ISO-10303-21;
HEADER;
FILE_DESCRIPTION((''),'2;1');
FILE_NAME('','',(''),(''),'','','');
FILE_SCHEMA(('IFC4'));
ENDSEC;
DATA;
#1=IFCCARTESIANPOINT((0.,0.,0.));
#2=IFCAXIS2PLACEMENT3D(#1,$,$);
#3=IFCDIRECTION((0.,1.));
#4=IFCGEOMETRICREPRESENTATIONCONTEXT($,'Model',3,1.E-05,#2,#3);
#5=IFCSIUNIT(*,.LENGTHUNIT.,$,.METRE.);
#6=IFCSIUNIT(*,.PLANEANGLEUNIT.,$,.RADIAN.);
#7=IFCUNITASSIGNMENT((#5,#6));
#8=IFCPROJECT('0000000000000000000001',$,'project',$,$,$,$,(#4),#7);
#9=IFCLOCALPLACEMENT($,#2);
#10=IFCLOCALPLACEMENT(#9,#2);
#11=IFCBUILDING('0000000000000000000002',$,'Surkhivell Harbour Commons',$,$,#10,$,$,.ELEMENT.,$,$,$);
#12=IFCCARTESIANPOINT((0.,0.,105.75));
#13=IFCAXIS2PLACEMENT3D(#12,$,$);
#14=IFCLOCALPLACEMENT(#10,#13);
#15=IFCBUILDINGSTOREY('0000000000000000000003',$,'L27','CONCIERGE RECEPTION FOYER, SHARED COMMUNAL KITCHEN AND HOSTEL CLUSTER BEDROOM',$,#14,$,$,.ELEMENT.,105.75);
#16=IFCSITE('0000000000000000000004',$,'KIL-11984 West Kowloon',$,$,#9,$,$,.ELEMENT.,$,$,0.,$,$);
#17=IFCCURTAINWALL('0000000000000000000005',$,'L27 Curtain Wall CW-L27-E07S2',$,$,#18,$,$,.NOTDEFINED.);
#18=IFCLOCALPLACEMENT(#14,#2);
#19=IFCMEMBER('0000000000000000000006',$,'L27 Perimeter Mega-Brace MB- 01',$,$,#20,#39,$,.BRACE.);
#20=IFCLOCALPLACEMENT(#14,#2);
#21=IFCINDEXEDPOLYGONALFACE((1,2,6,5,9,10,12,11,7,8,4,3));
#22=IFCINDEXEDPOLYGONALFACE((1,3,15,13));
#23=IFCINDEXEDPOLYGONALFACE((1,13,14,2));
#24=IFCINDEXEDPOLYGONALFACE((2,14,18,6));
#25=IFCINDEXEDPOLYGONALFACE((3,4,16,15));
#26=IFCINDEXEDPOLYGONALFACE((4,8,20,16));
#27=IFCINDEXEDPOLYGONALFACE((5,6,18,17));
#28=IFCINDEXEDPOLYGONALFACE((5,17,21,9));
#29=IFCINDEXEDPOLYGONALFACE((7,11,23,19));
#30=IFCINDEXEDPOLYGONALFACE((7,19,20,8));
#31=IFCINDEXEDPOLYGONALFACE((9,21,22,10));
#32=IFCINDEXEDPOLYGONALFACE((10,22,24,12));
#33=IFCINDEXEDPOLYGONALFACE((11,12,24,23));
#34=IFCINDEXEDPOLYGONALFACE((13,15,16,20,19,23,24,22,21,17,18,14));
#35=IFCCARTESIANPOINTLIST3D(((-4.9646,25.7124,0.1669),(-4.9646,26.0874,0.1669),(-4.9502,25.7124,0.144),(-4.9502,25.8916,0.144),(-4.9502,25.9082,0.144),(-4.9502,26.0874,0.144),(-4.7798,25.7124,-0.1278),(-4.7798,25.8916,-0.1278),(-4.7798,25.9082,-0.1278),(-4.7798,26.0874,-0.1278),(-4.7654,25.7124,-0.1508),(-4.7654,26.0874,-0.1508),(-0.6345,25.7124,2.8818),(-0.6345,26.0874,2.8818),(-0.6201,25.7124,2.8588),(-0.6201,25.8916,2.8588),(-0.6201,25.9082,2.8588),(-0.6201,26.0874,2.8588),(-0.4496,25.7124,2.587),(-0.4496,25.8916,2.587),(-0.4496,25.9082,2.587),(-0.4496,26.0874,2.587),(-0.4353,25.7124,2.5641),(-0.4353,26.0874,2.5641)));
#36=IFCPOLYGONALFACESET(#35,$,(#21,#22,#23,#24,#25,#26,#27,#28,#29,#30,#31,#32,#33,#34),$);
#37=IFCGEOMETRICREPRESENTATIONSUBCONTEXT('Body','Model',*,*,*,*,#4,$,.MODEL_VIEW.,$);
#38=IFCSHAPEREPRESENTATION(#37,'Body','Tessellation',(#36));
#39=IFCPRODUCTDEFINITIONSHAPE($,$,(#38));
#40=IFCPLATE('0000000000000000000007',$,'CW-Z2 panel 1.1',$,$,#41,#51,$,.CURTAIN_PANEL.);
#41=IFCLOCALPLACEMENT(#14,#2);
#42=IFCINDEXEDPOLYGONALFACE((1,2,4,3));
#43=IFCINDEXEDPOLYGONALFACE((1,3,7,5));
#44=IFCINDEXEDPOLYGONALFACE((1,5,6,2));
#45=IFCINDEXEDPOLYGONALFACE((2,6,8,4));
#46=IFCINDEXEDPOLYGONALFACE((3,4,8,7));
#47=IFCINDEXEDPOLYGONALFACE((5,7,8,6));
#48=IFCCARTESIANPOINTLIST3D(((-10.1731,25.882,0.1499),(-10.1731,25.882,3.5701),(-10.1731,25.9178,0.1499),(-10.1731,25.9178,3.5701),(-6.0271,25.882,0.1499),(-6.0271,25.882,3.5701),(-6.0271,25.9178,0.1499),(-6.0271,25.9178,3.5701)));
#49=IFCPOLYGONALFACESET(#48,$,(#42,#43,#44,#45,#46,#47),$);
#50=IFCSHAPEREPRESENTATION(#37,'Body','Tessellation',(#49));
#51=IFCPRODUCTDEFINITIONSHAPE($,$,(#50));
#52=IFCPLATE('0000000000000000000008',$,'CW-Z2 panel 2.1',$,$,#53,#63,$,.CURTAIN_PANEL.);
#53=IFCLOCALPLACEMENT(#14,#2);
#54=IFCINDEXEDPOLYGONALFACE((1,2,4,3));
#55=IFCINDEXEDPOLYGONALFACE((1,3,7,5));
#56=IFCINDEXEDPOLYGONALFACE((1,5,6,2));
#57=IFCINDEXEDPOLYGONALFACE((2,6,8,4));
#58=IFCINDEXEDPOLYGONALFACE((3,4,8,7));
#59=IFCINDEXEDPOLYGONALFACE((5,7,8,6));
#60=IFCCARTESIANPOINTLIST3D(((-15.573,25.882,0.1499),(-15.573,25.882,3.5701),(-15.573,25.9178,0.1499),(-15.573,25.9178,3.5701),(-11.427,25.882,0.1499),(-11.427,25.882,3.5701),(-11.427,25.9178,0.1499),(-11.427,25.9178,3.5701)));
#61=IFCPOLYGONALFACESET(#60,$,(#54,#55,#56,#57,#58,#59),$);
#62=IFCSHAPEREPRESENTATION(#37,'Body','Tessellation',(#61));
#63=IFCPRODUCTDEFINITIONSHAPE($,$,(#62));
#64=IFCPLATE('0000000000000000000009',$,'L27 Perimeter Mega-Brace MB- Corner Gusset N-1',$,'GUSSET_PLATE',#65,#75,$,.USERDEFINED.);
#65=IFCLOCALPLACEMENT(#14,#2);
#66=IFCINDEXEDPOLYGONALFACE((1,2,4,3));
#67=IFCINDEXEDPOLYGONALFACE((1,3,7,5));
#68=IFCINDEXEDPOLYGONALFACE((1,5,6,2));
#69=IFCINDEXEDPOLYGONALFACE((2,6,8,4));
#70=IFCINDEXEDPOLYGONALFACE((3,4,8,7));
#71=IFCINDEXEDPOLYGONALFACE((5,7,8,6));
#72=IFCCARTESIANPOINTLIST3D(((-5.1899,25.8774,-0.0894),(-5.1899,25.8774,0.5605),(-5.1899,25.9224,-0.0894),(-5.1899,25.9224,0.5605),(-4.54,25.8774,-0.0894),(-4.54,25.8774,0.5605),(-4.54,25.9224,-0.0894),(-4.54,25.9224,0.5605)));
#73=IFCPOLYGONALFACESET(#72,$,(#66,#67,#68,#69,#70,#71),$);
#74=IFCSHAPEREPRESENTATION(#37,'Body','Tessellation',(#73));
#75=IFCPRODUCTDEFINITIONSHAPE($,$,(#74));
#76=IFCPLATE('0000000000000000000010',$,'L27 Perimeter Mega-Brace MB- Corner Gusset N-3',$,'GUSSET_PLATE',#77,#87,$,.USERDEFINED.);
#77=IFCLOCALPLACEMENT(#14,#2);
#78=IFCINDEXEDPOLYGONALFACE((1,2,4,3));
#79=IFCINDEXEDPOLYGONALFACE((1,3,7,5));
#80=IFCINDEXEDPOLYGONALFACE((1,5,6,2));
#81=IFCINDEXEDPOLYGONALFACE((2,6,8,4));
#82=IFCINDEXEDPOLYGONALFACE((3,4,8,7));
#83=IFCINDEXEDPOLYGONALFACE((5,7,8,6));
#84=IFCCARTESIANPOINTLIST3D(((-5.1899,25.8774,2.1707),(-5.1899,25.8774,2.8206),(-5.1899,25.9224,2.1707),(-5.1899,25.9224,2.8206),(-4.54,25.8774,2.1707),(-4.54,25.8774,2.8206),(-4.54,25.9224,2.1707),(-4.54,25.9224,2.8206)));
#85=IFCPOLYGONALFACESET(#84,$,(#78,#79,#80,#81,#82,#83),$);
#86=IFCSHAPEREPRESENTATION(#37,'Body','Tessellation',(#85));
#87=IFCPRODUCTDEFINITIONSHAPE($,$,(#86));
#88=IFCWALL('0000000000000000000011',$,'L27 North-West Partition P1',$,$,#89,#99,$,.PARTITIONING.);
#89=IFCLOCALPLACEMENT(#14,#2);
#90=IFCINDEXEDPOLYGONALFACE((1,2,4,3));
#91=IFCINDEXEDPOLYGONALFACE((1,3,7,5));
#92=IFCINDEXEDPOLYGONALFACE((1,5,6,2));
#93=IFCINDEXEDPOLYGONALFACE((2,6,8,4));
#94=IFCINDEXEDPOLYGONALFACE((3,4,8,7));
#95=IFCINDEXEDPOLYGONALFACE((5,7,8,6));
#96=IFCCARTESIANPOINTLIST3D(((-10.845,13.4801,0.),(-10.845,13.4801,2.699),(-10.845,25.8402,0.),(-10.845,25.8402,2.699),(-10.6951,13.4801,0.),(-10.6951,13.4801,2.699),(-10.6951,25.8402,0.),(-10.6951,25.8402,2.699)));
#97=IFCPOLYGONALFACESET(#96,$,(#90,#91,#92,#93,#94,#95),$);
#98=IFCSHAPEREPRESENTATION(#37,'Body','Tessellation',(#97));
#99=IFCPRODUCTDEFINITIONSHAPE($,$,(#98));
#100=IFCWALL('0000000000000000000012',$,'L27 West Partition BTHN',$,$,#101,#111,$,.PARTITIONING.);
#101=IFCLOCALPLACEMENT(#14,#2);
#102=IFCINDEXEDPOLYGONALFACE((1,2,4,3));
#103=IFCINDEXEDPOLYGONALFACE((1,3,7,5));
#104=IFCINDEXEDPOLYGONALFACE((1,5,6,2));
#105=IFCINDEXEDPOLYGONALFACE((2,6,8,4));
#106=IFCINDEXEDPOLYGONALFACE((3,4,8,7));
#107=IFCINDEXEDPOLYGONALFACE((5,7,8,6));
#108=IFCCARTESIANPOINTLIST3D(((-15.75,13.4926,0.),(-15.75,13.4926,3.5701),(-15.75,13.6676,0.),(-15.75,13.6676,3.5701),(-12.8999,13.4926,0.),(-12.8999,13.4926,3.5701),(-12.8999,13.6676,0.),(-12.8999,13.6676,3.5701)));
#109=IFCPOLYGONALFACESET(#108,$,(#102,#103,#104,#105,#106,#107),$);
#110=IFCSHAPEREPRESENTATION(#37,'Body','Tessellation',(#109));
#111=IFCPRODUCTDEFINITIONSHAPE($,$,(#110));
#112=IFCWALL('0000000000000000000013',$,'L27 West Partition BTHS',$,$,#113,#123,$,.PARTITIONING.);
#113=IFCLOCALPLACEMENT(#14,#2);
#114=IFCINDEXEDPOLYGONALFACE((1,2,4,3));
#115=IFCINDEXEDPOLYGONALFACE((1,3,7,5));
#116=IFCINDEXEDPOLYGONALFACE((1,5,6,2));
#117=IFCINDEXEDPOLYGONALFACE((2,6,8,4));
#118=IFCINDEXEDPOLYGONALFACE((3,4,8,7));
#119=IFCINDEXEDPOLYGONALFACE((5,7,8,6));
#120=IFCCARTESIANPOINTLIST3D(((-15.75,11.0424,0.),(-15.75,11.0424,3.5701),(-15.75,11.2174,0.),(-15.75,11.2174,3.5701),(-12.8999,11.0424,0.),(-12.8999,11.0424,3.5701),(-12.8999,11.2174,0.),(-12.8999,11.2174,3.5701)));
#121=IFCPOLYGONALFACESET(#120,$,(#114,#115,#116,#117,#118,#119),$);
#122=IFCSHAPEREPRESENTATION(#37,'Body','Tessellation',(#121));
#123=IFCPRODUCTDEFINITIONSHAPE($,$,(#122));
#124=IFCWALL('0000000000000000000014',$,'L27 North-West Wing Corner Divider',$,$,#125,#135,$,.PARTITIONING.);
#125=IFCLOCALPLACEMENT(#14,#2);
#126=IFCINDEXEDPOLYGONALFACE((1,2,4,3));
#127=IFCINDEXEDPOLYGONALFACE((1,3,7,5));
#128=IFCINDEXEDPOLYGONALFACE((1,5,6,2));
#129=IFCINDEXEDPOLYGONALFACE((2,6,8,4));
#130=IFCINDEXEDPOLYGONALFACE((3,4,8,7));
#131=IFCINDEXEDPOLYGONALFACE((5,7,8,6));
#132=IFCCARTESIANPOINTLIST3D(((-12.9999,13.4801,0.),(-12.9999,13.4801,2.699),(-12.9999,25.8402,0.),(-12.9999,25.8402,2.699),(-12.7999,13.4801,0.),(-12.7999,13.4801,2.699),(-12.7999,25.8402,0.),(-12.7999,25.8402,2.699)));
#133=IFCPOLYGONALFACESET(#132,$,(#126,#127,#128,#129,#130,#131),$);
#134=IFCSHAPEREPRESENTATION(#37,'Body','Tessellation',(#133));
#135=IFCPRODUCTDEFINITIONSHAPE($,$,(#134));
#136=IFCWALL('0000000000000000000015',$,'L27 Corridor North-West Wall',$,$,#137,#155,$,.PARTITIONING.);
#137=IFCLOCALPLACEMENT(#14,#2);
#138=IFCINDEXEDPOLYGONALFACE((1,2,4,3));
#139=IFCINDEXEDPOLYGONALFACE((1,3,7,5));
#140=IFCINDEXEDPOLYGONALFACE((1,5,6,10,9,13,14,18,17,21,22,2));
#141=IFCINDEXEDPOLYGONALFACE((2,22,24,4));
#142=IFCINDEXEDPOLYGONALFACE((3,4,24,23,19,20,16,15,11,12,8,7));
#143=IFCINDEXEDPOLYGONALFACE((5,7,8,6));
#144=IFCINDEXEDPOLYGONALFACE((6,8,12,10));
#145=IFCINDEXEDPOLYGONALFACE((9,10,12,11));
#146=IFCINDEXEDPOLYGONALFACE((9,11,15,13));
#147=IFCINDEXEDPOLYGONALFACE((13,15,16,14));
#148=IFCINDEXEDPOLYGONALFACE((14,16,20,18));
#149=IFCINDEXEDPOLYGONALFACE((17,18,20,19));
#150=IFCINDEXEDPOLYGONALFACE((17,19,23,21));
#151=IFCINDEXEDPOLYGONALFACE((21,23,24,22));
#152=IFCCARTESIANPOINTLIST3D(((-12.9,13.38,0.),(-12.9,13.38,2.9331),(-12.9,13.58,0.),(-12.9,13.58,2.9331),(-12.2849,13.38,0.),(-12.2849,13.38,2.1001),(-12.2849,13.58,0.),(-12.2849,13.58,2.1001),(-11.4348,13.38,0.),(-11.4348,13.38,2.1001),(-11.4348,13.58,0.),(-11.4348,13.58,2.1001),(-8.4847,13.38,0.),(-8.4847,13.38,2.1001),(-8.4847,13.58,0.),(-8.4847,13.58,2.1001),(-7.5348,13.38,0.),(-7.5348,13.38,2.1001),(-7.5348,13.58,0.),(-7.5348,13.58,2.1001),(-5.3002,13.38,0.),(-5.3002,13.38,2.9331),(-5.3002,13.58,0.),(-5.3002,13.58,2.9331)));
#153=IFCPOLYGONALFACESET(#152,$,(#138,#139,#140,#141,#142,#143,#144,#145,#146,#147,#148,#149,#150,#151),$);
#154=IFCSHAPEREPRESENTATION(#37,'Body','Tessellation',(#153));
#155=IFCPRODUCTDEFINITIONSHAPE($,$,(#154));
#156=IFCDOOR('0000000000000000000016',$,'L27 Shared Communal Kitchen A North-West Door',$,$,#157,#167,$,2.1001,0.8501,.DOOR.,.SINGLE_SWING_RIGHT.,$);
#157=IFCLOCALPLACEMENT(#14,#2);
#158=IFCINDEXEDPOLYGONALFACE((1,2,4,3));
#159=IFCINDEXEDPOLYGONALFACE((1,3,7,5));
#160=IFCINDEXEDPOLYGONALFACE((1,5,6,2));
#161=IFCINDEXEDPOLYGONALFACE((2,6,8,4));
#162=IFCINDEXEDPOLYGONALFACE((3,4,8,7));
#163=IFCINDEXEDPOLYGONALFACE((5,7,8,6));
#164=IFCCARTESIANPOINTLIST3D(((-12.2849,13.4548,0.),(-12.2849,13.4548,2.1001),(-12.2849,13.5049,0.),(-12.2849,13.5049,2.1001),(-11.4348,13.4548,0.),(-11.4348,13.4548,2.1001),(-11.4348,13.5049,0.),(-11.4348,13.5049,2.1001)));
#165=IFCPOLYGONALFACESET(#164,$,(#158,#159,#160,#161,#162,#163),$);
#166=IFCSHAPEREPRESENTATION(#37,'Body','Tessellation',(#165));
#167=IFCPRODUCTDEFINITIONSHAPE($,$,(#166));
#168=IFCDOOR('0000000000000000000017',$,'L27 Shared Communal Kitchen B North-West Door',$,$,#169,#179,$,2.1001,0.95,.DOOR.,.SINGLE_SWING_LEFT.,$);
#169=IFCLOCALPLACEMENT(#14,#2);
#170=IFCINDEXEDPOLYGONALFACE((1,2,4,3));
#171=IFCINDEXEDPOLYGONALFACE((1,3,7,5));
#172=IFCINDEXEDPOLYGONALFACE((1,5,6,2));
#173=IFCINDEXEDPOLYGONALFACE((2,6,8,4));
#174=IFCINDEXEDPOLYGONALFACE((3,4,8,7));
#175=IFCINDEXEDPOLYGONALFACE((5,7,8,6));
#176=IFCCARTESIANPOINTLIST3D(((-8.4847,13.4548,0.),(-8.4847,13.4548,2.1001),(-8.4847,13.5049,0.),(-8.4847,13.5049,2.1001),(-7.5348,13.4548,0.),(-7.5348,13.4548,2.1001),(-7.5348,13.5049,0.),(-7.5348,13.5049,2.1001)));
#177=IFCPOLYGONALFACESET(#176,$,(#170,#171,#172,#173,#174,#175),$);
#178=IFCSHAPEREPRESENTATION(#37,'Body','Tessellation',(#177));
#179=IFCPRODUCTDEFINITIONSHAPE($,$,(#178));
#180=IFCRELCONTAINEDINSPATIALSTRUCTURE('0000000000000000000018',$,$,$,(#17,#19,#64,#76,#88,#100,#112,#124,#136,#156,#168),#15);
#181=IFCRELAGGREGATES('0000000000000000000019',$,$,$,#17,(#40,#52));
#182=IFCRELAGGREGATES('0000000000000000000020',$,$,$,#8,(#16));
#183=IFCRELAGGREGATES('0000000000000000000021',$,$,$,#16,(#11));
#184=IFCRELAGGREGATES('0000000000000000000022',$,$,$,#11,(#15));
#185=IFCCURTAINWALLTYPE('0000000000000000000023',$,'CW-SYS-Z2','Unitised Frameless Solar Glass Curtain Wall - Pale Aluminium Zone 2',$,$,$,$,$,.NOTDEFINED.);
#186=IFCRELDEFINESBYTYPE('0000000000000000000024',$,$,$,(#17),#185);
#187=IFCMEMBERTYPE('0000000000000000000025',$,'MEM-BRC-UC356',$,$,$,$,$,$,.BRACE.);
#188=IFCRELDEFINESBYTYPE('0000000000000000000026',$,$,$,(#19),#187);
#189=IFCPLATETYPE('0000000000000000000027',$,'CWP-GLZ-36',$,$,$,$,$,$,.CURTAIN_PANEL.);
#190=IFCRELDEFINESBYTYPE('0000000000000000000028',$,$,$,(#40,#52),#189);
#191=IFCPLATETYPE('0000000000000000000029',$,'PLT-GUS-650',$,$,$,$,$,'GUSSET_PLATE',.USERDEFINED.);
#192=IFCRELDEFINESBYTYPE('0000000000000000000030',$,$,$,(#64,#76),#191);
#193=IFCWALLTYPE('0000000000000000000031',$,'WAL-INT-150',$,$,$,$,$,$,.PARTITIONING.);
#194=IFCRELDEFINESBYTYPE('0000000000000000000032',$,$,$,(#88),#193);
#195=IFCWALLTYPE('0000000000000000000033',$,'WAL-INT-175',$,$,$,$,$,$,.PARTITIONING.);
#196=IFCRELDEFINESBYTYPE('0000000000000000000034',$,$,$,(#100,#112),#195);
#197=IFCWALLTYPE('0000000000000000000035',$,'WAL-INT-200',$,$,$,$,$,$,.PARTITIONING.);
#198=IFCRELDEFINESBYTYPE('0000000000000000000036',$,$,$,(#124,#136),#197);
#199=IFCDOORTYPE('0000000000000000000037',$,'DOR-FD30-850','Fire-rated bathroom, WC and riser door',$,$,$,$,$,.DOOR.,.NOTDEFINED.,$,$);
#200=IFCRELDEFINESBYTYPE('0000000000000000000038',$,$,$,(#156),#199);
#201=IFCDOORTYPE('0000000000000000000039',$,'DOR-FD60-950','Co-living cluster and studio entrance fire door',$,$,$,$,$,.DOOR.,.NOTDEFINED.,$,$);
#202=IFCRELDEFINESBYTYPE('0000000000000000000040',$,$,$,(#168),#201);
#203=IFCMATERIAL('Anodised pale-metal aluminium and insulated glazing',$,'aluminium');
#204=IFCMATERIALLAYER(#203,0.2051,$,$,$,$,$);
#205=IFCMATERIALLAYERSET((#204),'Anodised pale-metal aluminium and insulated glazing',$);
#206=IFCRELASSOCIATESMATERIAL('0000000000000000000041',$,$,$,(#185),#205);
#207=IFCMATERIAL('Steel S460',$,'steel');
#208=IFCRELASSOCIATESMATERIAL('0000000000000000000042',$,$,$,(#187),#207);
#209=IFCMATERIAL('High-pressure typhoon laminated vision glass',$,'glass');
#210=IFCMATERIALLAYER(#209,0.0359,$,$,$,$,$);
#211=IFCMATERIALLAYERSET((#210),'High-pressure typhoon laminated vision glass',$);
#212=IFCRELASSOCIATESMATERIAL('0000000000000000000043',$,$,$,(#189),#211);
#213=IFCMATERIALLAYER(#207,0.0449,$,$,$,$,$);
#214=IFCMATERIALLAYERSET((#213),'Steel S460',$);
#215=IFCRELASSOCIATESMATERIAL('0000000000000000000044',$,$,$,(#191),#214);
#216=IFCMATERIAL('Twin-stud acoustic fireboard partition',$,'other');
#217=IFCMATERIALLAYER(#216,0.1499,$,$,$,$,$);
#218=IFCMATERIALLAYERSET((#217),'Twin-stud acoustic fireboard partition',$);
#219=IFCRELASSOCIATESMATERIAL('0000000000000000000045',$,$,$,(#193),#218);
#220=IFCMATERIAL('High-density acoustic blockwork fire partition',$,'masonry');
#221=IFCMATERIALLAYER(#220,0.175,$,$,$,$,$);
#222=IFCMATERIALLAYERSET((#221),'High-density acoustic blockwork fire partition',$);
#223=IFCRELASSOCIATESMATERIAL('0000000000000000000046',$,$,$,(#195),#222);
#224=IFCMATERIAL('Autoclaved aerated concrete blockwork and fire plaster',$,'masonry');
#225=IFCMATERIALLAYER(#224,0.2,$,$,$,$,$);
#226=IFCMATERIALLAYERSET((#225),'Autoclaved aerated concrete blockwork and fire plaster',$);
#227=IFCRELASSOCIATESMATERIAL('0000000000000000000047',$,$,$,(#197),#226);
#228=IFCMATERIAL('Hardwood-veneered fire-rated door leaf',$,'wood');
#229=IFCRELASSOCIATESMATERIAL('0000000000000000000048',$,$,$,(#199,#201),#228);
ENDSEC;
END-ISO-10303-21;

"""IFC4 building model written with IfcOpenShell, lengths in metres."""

from ifc_helpers import new_model, si_unit, direction, frame, frame_2d, origin, origin_2d, place, context, subcontext, project, spatial, rectangle, i_section, extrude, material, layer, layer_set, material_profile, profile_set, type_object, element, fill, aggregate, save


model = new_model("IFC4")

# Units and contexts
model_context = context("Model", 3, precision=1e-05, world=origin(), true_north=direction((0.0, 1.0)))
body_context = subcontext(model_context, "Body", "Model", "MODEL_VIEW")
ifc_project = project(units=[si_unit("LENGTHUNIT", "METRE"), si_unit("PLANEANGLEUNIT", "RADIAN")], contexts=[model_context])

# Site, building, storey
site_placement = place(None, origin())
site = spatial("IfcSite", under=ifc_project, at=site_placement, Name="KIL-11984 West Kowloon", CompositionType="ELEMENT", RefElevation=0.0)
building_placement = place(site_placement, origin())
building = spatial("IfcBuilding", under=site, at=building_placement, Name="Surkhivell Harbour Commons", CompositionType="ELEMENT")
storey_placement = place(building_placement, frame((0.0, 0.0, 105.75)))
storey = spatial("IfcBuildingStorey", under=building, at=storey_placement, Name="L27", Description="CONCIERGE RECEPTION FOYER, SHARED COMMUNAL KITCHEN AND HOSTEL CLUSTER BEDROOM", CompositionType="ELEMENT", Elevation=105.75)

# Shared definitions
ifc_material_1 = material(Name="Steel S460", Category="steel")

# Curtain wall
ifc_material_2 = material(Name="Anodised pale-metal aluminium and insulated glazing", Category="aluminium")
ifc_layer_1 = layer(ifc_material_2, 0.2051)
ifc_layer_set_1 = layer_set([ifc_layer_1], Name="Anodised pale-metal aluminium and insulated glazing")
curtain_wall_type = type_object("IfcCurtainWallType", Name="CW-SYS-Z2", Description="Unitised Frameless Solar Glass Curtain Wall - Pale Aluminium Zone 2", PredefinedType="NOTDEFINED", material=ifc_layer_set_1)
curtain_wall_placement = place(storey_placement, origin())
curtain_wall = element("IfcCurtainWall", 1, at=curtain_wall_placement, inside=storey, type_object=curtain_wall_type, Name="L27 Curtain Wall CW-L27-E07S2", PredefinedType="NOTDEFINED")

# Member
ifc_material_profile_1 = material_profile(ifc_material_1, i_section(OverallWidth=0.375, OverallDepth=0.375, WebThickness=0.0166, FlangeThickness=0.0271, at=origin_2d()), Name="UC356x368x202")
ifc_profile_set_1 = profile_set([ifc_material_profile_1], Name="Steel S460")
member_type_1 = type_object("IfcMemberType", Name="MEM-BRC-UC356", PredefinedType="BRACE", material=ifc_profile_set_1)
member_1_placement = place(storey_placement, frame((-4.865, 25.8999, 0.0081), z_axis=(0.847246, 0.0, 0.531201), x_axis=(0.0, 1.0, 0.0)))
element("IfcMember", 2, at=member_1_placement, inside=storey, type_object=member_type_1, Name="L27 Perimeter Mega-Brace MB- 01", PredefinedType="BRACE", context=body_context, shape_type="SweptSolid", body=[
    extrude(i_section(OverallWidth=0.375, OverallDepth=0.375, WebThickness=0.0166, FlangeThickness=0.0271, at=origin_2d()), origin(), (0.0, 0.0, 1.0), 5.1108),
])

# Plates
ifc_material_3 = material(Name="High-pressure typhoon laminated vision glass", Category="glass")
ifc_layer_2 = layer(ifc_material_3, 0.0359)
ifc_layer_set_2 = layer_set([ifc_layer_2], Name="High-pressure typhoon laminated vision glass")
plate_type_1 = type_object("IfcPlateType", Name="CWP-GLZ-36", PredefinedType="CURTAIN_PANEL", material=ifc_layer_set_2)
plate_1_placement = place(storey_placement, frame((-6.0271, 25.8999, 0.1499), z_axis=(0.0, 0.0, 1.0), x_axis=(-1.0, 0.0, 0.0)))
plate_1 = element("IfcPlate", 3, at=plate_1_placement, type_object=plate_type_1, Name="CW-Z2 panel 1.1", PredefinedType="CURTAIN_PANEL", context=body_context, shape_type="SweptSolid", body=[
    extrude(rectangle(XDim=4.146, YDim=0.0359, at=frame_2d((2.073, 0.0))), origin(), (0.0, 0.0, 1.0), 3.4202),
])
plate_2_placement = place(storey_placement, frame((-11.427, 25.8999, 0.1499), z_axis=(0.0, 0.0, 1.0), x_axis=(-1.0, 0.0, 0.0)))
plate_2 = element("IfcPlate", 4, at=plate_2_placement, type_object=plate_type_1, Name="CW-Z2 panel 2.1", PredefinedType="CURTAIN_PANEL", context=body_context, shape_type="SweptSolid", body=[
    extrude(rectangle(XDim=4.146, YDim=0.0359, at=frame_2d((2.073, 0.0))), origin(), (0.0, 0.0, 1.0), 3.4202),
])
aggregate(curtain_wall, [plate_1, plate_2])

# Plates
ifc_layer_3 = layer(ifc_material_1, 0.0449)
ifc_layer_set_3 = layer_set([ifc_layer_3], Name="Steel S460")
plate_type_2 = type_object("IfcPlateType", Name="PLT-GUS-650", ElementType="GUSSET_PLATE", PredefinedType="USERDEFINED", material=ifc_layer_set_3)
for number, where, z_axis, x_axis, name in (
    (5, (-4.865, 25.8999, -0.0894), (0.0, 0.0, 1.0), (1.0, 0.0, 0.0), "L27 Perimeter Mega-Brace MB- Corner Gusset N-1"),
    (6, (-4.865, 25.8999, 2.1707), (0.0, 0.0, 1.0), (1.0, 0.0, 0.0), "L27 Perimeter Mega-Brace MB- Corner Gusset N-3"),
):
    element("IfcPlate", number, at=place(storey_placement, frame(where, z_axis=z_axis, x_axis=x_axis)), inside=storey, type_object=plate_type_2, Name=name, ObjectType="GUSSET_PLATE", PredefinedType="USERDEFINED", context=body_context, shape_type="SweptSolid", body=[
        extrude(rectangle(XDim=0.6499, YDim=0.0449, at=origin_2d()), origin(), (0.0, 0.0, 1.0), 0.6499),
    ])

# Walls
ifc_material_4 = material(Name="Twin-stud acoustic fireboard partition", Category="other")
ifc_layer_4 = layer(ifc_material_4, 0.1499)
ifc_layer_set_4 = layer_set([ifc_layer_4], Name="Twin-stud acoustic fireboard partition")
wall_type_1 = type_object("IfcWallType", Name="WAL-INT-150", PredefinedType="PARTITIONING", material=ifc_layer_set_4)
wall_1_placement = place(storey_placement, frame((-10.77, 13.48, 0.0), z_axis=(0.0, 0.0, 1.0), x_axis=(0.0, 1.0, 0.0)))
element("IfcWall", 7, at=wall_1_placement, inside=storey, type_object=wall_type_1, Name="L27 North-West Partition P1", PredefinedType="PARTITIONING", context=body_context, shape_type="SweptSolid", body=[
    extrude(rectangle(XDim=12.3601, YDim=0.1499, at=frame_2d((6.1802, 0.0))), origin(), (0.0, 0.0, 1.0), 2.699),
])
ifc_material_5 = material(Name="High-density acoustic blockwork fire partition", Category="masonry")
ifc_layer_5 = layer(ifc_material_5, 0.175)
ifc_layer_set_5 = layer_set([ifc_layer_5], Name="High-density acoustic blockwork fire partition")
wall_type_2 = type_object("IfcWallType", Name="WAL-INT-175", PredefinedType="PARTITIONING", material=ifc_layer_set_5)
for number, where, z_axis, x_axis, name in (
    (8, (-15.75, 13.5801, 0.0), (0.0, 0.0, 1.0), (1.0, 0.0, 0.0), "L27 West Partition BTHN"),
    (9, (-15.75, 11.1299, 0.0), (0.0, 0.0, 1.0), (1.0, 0.0, 0.0), "L27 West Partition BTHS"),
):
    element("IfcWall", number, at=place(storey_placement, frame(where, z_axis=z_axis, x_axis=x_axis)), inside=storey, type_object=wall_type_2, Name=name, PredefinedType="PARTITIONING", context=body_context, shape_type="SweptSolid", body=[
        extrude(rectangle(XDim=2.8501, YDim=0.175, at=frame_2d((1.425, 0.0))), origin(), (0.0, 0.0, 1.0), 3.5701),
    ])
ifc_material_6 = material(Name="Autoclaved aerated concrete blockwork and fire plaster", Category="masonry")
ifc_layer_6 = layer(ifc_material_6, 0.2)
ifc_layer_set_6 = layer_set([ifc_layer_6], Name="Autoclaved aerated concrete blockwork and fire plaster")
wall_type_3 = type_object("IfcWallType", Name="WAL-INT-200", PredefinedType="PARTITIONING", material=ifc_layer_set_6)
wall_2_placement = place(storey_placement, frame((-12.8999, 13.48, 0.0), z_axis=(0.0, 0.0, 1.0), x_axis=(0.0, 1.0, 0.0)))
element("IfcWall", 10, at=wall_2_placement, inside=storey, type_object=wall_type_3, Name="L27 North-West Wing Corner Divider", PredefinedType="PARTITIONING", context=body_context, shape_type="SweptSolid", body=[
    extrude(rectangle(XDim=12.3601, YDim=0.2, at=frame_2d((6.1802, 0.0))), origin(), (0.0, 0.0, 1.0), 2.699),
])

# Wall, openings, doors
wall_3_placement = place(storey_placement, frame((-12.8999, 13.48, 0.0), z_axis=(0.0, 0.0, 1.0), x_axis=(1.0, 0.0, 0.0)))
wall_3 = element("IfcWall", 11, at=wall_3_placement, inside=storey, type_object=wall_type_3, Name="L27 Corridor North-West Wall", PredefinedType="PARTITIONING", context=body_context, shape_type="SweptSolid", body=[
    extrude(rectangle(XDim=7.5999, YDim=0.2, at=frame_2d((3.7998, 0.0))), origin(), (0.0, 0.0, 1.0), 2.9331),
])
opening_1_placement = place(wall_3_placement, frame((0.615, 0.0, 0.0)))
opening_1 = element("IfcOpeningElement", 12, at=opening_1_placement, cuts=wall_3, PredefinedType="OPENING", context=body_context, shape_type="SweptSolid", body=[
    extrude(rectangle(XDim=0.8501, YDim=2.1001, at=frame_2d((0.425, 1.05))), frame((0.0, 0.1099, 0.0), z_axis=(0.0, -1.0, 0.0), x_axis=(1.0, 0.0, 0.0)), (0.0, 0.0, 1.0), 0.22),
])
opening_2_placement = place(wall_3_placement, frame((4.415, 0.0, 0.0)))
opening_2 = element("IfcOpeningElement", 13, at=opening_2_placement, cuts=wall_3, PredefinedType="OPENING", context=body_context, shape_type="SweptSolid", body=[
    extrude(rectangle(XDim=0.95, YDim=2.1001, at=frame_2d((0.4751, 1.05))), frame((0.0, 0.1099, 0.0), z_axis=(0.0, -1.0, 0.0), x_axis=(1.0, 0.0, 0.0)), (0.0, 0.0, 1.0), 0.22),
])
ifc_material_7 = material(Name="Hardwood-veneered fire-rated door leaf", Category="wood")
door_type_1 = type_object("IfcDoorType", Name="DOR-FD30-850", Description="Fire-rated bathroom, WC and riser door", OperationType="NOTDEFINED", PredefinedType="DOOR", material=ifc_material_7)
door_1_placement = place(opening_1_placement, origin())
door_1 = element("IfcDoor", 14, at=door_1_placement, inside=storey, type_object=door_type_1, Name="L27 Shared Communal Kitchen A North-West Door", OperationType="SINGLE_SWING_RIGHT", OverallHeight=2.1001, OverallWidth=0.8501, PredefinedType="DOOR", context=body_context, shape_type="SweptSolid", body=[
    extrude(rectangle(XDim=0.8501, YDim=2.1001, at=frame_2d((0.425, 1.05))), frame((0.0, 0.0249, 0.0), z_axis=(0.0, -1.0, 0.0), x_axis=(1.0, 0.0, 0.0)), (0.0, 0.0, 1.0), 0.05),
])
fill(opening_1, door_1)
door_type_2 = type_object("IfcDoorType", Name="DOR-FD60-950", Description="Co-living cluster and studio entrance fire door", OperationType="NOTDEFINED", PredefinedType="DOOR", material=ifc_material_7)
door_2_placement = place(opening_2_placement, origin())
door_2 = element("IfcDoor", 15, at=door_2_placement, inside=storey, type_object=door_type_2, Name="L27 Shared Communal Kitchen B North-West Door", OperationType="SINGLE_SWING_LEFT", OverallHeight=2.1001, OverallWidth=0.95, PredefinedType="DOOR", context=body_context, shape_type="SweptSolid", body=[
    extrude(rectangle(XDim=0.95, YDim=2.1001, at=frame_2d((0.4751, 1.05))), frame((0.0, 0.0249, 0.0), z_axis=(0.0, -1.0, 0.0), x_axis=(1.0, 0.0, 0.0)), (0.0, 0.0, 1.0), 0.05),
])
fill(opening_2, door_2)

save(model, "model.ifc")
